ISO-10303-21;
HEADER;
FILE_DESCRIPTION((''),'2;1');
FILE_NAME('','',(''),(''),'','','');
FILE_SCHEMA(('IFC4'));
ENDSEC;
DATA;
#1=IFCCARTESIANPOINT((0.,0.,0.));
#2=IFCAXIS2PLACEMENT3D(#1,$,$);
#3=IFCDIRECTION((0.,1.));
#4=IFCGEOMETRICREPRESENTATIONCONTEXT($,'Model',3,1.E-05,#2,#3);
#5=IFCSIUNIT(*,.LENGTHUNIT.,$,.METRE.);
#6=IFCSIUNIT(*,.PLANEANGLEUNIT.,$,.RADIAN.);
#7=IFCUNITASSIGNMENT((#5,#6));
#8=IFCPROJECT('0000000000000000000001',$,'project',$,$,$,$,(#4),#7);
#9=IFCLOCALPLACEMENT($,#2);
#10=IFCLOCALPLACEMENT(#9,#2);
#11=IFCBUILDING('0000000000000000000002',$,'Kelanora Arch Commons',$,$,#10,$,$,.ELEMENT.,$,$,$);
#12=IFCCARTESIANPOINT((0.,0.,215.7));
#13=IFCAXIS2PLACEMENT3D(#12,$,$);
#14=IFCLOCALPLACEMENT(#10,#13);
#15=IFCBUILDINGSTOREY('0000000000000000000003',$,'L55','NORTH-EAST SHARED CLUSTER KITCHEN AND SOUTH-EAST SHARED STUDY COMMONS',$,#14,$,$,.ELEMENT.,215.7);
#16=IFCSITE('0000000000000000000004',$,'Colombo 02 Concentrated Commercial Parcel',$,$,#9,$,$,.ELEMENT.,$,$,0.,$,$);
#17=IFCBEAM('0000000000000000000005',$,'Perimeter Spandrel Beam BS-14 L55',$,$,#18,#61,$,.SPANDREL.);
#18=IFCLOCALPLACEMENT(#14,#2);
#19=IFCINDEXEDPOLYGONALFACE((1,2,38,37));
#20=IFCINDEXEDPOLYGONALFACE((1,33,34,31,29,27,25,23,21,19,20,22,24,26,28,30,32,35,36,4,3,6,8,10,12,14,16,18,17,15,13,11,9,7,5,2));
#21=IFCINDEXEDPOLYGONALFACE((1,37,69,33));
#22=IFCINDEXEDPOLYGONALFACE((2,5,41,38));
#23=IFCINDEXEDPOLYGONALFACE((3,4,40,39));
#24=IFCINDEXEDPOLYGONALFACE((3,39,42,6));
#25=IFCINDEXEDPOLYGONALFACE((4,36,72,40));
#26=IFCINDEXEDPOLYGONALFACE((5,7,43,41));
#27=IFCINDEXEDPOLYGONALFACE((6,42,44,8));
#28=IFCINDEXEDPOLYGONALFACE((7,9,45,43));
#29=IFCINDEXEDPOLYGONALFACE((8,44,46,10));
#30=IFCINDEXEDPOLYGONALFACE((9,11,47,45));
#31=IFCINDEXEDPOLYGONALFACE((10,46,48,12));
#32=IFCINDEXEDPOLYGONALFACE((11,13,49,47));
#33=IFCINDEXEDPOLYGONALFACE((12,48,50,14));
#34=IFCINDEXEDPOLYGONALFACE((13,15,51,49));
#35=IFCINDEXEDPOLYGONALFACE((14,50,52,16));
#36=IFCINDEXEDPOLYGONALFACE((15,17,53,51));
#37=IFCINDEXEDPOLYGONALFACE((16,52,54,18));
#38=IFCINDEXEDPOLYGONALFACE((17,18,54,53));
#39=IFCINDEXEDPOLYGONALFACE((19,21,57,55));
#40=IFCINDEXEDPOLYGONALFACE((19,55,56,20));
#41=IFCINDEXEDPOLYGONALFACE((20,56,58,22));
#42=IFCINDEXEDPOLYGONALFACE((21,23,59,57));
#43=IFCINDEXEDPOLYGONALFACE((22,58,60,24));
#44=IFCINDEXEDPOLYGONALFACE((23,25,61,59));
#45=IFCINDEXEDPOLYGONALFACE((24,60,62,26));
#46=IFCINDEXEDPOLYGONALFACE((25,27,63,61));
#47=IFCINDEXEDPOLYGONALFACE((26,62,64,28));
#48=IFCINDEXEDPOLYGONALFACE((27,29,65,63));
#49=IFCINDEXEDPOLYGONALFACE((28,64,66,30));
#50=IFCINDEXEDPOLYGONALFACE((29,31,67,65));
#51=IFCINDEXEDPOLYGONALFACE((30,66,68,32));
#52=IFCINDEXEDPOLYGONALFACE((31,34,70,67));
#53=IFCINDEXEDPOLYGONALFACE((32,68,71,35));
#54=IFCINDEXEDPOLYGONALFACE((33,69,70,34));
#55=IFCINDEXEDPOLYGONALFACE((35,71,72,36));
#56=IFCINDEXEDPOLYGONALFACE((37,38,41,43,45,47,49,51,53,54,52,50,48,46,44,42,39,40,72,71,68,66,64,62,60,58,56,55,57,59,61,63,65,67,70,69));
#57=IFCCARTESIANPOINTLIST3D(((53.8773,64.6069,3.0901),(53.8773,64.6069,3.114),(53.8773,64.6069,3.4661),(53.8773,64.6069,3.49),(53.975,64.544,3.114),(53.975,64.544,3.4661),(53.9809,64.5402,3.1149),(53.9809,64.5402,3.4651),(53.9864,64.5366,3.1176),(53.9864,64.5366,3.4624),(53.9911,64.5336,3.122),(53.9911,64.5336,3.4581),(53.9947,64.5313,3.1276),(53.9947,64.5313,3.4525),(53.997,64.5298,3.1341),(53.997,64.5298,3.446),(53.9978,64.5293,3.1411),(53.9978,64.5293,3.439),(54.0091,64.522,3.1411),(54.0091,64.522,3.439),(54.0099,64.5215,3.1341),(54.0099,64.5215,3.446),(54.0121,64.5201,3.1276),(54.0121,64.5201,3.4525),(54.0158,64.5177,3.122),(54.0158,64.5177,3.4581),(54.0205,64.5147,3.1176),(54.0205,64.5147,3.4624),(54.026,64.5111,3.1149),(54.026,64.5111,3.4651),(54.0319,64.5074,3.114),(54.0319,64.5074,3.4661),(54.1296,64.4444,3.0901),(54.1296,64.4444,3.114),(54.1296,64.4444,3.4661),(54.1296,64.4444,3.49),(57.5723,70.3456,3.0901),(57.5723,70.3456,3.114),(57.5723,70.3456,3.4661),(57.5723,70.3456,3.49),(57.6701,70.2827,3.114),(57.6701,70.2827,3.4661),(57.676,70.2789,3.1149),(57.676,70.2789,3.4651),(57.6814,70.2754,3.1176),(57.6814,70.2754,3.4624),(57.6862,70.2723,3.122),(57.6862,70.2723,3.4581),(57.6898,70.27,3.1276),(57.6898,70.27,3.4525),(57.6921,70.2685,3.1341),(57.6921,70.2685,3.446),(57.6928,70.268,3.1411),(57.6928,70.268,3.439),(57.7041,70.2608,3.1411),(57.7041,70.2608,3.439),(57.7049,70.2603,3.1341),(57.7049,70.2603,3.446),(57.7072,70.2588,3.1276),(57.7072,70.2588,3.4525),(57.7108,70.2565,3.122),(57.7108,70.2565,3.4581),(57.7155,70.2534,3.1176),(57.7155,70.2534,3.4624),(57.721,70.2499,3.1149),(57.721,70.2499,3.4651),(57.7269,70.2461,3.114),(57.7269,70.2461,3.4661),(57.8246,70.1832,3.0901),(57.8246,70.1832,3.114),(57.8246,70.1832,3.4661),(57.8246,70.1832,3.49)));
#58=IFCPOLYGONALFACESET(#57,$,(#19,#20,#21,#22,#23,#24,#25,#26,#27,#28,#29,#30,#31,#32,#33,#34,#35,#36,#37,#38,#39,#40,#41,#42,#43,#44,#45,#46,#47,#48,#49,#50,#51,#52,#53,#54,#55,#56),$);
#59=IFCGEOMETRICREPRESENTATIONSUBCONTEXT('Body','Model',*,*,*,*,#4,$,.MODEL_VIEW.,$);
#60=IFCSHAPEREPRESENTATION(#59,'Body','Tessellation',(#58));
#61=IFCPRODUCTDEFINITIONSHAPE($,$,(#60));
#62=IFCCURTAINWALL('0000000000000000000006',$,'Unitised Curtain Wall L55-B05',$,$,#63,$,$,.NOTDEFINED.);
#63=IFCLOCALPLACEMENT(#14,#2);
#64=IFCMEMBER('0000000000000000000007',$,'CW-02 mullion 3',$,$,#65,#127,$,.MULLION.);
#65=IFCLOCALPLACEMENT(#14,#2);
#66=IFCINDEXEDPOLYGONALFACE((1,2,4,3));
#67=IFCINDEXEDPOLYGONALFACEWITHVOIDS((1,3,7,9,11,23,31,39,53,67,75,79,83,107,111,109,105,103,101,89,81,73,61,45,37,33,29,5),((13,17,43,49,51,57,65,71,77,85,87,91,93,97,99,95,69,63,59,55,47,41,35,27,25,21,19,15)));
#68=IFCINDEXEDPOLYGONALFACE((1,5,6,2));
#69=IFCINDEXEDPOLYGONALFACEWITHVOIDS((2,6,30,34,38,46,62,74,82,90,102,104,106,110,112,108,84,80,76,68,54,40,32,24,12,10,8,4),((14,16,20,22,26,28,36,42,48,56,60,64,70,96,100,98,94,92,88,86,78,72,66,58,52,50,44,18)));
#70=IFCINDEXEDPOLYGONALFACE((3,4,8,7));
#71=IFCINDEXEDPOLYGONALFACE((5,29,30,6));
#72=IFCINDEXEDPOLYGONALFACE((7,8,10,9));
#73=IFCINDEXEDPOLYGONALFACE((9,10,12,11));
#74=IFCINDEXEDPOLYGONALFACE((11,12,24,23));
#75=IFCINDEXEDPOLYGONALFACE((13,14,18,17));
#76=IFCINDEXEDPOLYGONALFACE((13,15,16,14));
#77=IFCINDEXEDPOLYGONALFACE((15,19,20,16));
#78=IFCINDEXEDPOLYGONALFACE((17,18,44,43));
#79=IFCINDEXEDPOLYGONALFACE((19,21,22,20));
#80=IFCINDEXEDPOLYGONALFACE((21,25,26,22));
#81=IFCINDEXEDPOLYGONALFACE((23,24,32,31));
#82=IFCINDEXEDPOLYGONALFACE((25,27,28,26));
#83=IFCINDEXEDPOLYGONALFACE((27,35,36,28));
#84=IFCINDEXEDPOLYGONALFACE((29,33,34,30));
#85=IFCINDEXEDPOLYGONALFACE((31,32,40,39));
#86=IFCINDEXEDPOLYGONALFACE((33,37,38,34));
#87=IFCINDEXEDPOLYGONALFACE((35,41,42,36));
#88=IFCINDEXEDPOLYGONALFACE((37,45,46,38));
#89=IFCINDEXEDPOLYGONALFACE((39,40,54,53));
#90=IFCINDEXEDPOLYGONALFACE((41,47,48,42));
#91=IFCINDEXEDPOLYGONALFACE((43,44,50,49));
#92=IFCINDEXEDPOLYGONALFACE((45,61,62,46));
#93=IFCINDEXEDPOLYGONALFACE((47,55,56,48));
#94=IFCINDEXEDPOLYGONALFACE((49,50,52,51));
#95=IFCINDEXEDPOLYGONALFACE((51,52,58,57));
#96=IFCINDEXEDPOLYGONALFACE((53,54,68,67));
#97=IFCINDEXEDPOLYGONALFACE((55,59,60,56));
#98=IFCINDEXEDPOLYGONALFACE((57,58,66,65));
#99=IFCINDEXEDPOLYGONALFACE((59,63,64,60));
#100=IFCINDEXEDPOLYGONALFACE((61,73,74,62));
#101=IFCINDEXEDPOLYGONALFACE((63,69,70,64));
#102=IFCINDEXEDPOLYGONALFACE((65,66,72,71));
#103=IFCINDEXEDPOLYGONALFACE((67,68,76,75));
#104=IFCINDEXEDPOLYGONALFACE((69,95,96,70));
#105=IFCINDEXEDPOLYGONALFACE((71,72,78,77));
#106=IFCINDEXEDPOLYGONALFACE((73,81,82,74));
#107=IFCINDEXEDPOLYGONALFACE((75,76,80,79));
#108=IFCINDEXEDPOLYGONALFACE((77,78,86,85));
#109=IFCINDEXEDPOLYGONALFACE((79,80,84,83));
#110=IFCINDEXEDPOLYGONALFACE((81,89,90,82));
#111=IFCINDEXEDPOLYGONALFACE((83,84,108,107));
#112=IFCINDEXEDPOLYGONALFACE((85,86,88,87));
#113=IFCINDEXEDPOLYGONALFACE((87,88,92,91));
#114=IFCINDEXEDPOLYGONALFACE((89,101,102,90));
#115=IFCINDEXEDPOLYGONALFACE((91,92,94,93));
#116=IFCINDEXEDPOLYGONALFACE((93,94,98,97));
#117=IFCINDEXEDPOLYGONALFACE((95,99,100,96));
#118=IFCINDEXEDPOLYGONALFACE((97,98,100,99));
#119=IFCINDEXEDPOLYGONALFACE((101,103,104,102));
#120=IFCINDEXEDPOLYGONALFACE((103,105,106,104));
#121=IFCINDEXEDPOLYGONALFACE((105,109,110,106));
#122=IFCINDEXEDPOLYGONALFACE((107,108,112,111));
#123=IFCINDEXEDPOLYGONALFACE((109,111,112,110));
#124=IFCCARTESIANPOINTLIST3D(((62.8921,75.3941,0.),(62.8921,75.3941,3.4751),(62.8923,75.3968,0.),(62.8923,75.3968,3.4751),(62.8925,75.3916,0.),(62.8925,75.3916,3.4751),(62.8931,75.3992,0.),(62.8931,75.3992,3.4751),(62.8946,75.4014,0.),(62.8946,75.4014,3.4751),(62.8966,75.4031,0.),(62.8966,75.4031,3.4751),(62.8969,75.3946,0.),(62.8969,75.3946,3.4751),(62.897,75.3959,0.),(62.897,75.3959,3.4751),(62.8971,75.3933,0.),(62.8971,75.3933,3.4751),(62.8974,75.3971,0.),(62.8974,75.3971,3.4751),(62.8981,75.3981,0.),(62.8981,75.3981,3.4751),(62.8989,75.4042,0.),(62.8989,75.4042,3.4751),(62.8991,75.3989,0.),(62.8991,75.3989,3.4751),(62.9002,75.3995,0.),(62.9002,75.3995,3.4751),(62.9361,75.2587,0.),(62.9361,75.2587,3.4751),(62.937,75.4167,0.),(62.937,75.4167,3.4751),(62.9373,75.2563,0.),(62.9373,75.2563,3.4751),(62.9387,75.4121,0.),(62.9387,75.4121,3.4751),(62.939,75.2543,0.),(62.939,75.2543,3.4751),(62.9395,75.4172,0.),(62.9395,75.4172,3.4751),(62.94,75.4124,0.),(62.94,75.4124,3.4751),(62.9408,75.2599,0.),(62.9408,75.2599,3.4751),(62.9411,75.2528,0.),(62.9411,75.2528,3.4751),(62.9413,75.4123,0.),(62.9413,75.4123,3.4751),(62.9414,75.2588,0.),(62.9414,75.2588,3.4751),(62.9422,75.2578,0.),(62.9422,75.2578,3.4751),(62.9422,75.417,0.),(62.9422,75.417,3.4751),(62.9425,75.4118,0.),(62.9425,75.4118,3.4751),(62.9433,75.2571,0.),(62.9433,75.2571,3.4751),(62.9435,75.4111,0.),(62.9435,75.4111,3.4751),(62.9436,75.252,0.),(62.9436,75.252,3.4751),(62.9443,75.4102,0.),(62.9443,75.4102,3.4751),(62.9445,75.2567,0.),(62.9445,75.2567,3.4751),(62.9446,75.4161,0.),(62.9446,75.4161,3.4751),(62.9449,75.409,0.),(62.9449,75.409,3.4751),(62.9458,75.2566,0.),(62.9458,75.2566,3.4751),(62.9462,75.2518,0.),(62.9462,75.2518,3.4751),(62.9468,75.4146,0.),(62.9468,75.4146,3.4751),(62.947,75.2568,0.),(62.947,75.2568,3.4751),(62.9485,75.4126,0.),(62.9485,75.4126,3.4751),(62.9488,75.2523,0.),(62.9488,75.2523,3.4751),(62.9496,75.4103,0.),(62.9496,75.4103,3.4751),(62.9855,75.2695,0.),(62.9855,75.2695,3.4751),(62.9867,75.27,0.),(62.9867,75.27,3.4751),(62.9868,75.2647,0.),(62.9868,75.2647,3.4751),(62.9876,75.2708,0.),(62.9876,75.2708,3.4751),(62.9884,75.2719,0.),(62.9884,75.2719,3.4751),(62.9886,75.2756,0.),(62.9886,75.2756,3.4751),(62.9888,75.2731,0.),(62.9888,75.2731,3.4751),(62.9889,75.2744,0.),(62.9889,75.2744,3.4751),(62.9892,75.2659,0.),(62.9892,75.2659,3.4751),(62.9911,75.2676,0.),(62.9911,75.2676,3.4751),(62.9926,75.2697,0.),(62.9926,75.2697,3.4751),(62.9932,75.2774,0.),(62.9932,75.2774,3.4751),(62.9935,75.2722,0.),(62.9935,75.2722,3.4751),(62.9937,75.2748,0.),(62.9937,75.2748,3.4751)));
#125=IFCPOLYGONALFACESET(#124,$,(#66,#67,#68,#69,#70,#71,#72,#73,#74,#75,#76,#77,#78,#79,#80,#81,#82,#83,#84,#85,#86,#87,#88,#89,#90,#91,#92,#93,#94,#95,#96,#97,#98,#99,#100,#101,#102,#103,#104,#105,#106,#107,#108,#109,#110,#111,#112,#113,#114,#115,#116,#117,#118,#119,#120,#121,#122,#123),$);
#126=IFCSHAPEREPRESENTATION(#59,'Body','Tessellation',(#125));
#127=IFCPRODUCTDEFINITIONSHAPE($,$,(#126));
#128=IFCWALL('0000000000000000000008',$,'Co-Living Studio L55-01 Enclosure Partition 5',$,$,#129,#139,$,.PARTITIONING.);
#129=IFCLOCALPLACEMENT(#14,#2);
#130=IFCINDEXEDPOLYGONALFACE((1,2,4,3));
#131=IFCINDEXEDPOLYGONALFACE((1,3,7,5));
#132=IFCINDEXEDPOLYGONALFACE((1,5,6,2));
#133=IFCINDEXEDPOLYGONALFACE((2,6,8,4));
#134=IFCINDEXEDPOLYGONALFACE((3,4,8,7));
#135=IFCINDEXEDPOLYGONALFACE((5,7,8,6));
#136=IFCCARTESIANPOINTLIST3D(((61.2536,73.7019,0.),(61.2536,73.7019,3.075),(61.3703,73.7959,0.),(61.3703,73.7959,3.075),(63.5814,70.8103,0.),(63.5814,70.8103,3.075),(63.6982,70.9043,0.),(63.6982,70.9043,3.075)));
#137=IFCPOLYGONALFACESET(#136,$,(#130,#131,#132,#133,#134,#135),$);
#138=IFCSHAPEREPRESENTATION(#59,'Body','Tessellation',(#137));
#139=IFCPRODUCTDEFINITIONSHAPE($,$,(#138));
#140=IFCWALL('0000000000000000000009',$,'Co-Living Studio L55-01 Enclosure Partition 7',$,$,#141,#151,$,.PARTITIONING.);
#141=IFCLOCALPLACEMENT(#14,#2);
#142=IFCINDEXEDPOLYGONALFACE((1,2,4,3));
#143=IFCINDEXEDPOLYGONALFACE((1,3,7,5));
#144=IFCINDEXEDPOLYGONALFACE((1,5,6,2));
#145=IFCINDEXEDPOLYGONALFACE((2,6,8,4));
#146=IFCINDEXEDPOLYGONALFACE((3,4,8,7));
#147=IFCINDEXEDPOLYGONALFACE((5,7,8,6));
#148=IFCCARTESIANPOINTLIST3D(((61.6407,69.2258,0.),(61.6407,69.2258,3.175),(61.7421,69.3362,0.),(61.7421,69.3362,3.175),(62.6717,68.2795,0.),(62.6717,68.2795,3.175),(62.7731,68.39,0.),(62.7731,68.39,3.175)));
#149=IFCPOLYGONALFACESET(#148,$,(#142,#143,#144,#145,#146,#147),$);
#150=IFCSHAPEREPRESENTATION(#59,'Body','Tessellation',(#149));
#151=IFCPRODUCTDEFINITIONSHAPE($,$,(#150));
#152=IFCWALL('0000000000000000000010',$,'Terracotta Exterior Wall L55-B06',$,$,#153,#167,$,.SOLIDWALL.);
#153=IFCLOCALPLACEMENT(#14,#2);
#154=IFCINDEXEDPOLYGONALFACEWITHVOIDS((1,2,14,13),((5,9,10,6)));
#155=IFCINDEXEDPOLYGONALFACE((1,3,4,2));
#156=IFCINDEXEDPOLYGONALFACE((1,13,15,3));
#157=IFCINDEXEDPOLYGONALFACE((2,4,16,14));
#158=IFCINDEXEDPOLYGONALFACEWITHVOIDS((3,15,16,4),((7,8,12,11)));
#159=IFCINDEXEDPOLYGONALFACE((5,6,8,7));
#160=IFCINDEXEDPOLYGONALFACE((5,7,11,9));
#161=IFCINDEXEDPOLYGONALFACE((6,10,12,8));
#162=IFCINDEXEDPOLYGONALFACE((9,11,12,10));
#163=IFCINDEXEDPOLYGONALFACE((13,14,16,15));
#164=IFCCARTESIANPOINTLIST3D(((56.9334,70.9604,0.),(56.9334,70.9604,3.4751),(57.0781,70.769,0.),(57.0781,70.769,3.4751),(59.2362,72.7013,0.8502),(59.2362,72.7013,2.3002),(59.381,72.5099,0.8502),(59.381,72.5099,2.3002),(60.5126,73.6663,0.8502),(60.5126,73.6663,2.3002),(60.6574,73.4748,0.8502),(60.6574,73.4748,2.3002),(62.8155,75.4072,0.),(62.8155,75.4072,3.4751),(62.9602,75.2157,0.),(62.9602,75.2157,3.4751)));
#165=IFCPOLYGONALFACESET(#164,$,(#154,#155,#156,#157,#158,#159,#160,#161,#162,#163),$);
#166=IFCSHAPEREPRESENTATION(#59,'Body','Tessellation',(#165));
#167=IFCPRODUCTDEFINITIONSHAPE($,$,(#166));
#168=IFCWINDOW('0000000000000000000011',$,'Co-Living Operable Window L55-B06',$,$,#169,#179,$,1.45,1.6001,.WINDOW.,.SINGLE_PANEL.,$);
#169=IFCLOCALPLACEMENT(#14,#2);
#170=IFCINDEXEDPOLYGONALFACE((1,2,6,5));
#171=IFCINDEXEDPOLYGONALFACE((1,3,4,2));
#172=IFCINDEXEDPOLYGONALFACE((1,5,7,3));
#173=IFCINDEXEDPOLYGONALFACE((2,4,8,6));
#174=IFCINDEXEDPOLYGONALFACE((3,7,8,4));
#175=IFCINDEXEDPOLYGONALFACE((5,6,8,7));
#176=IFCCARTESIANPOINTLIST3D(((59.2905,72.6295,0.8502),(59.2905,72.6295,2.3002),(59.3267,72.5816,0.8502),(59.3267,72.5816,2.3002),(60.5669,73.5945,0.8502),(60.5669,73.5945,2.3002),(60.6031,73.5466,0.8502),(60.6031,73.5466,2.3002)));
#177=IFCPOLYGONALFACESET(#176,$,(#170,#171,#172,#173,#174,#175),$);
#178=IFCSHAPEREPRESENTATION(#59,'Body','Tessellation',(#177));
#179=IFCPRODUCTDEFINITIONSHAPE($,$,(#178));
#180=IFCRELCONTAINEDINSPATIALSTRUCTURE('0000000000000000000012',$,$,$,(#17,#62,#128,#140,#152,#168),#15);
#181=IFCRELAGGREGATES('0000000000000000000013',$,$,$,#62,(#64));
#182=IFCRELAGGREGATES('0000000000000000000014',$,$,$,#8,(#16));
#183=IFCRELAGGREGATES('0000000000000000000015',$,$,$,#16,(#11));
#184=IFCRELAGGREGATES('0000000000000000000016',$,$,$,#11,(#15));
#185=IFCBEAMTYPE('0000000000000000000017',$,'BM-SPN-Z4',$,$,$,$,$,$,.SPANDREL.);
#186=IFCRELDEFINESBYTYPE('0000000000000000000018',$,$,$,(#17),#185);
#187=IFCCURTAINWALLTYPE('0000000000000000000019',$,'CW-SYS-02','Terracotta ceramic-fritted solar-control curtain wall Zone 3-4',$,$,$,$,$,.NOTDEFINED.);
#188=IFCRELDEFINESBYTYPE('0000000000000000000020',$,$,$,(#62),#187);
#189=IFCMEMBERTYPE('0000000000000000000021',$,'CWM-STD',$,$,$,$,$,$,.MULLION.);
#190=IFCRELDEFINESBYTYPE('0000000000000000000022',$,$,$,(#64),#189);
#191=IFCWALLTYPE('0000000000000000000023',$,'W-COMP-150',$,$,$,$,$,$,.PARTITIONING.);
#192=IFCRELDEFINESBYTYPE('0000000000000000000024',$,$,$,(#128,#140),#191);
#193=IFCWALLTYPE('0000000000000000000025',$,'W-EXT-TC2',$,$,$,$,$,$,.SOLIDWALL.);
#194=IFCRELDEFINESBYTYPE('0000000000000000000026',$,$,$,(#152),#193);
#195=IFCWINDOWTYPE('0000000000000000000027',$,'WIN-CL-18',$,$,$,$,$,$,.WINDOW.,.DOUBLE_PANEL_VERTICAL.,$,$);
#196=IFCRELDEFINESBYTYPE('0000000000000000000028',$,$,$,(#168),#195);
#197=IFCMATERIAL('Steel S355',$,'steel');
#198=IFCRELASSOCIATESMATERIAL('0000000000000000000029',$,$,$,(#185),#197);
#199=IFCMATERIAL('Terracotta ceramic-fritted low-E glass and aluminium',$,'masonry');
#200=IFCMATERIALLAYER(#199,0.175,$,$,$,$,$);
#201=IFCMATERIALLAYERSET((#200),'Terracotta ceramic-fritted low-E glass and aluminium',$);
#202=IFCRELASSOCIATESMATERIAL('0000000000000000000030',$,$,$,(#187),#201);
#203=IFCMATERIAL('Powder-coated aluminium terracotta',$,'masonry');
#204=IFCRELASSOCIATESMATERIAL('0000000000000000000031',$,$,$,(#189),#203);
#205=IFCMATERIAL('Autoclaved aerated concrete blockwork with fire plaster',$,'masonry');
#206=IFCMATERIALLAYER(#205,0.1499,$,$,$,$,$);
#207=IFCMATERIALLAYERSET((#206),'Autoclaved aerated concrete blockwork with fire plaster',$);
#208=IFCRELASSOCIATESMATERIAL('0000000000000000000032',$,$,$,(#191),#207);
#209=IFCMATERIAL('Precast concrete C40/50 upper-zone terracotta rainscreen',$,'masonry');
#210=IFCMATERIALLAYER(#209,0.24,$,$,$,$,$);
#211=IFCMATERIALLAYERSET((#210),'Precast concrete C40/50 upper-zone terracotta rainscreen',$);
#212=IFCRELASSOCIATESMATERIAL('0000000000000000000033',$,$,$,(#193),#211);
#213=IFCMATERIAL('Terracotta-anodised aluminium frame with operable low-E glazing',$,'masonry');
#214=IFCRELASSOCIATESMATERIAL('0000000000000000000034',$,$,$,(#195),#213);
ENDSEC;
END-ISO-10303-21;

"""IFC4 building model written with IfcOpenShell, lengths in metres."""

from ifc_helpers import new_model, si_unit, direction, frame, frame_2d, origin, origin_2d, place, context, subcontext, project, spatial, rectangle, hollow_rectangle, i_section, extrude, material, layer, layer_set, material_profile, profile_set, type_object, element, fill, aggregate, save


model = new_model("IFC4")

# Units and contexts
model_context = context("Model", 3, precision=1e-05, world=origin(), true_north=direction((0.0, 1.0)))
body_context = subcontext(model_context, "Body", "Model", "MODEL_VIEW")
ifc_project = project(units=[si_unit("LENGTHUNIT", "METRE"), si_unit("PLANEANGLEUNIT", "RADIAN")], contexts=[model_context])

# Site, building, storey
site_placement = place(None, origin())
site = spatial("IfcSite", under=ifc_project, at=site_placement, Name="Colombo 02 Concentrated Commercial Parcel", CompositionType="ELEMENT", RefElevation=0.0)
building_placement = place(site_placement, origin())
building = spatial("IfcBuilding", under=site, at=building_placement, Name="Kelanora Arch Commons", CompositionType="ELEMENT")
storey_placement = place(building_placement, frame((0.0, 0.0, 215.7)))
storey = spatial("IfcBuildingStorey", under=building, at=storey_placement, Name="L55", Description="NORTH-EAST SHARED CLUSTER KITCHEN AND SOUTH-EAST SHARED STUDY COMMONS", CompositionType="ELEMENT", Elevation=215.7)

# Beam
ifc_material_1 = material(Name="Steel S355", Category="steel")
ifc_material_profile_1 = material_profile(ifc_material_1, i_section(OverallWidth=0.3, OverallDepth=0.3999, WebThickness=0.0134, FlangeThickness=0.0239, FilletRadius=0.0271, at=origin_2d()), Name="HEB400")
ifc_profile_set_1 = profile_set([ifc_material_profile_1], Name="Steel S355")
beam_type_1 = type_object("IfcBeamType", Name="BM-SPN-Z4", PredefinedType="SPANDREL", material=ifc_profile_set_1)
beam_1_placement = place(storey_placement, frame((57.6985, 70.2644, 3.29), z_axis=(-0.541365, -0.840788, 0.0), x_axis=(0.840788, -0.541365, 0.0)))
element("IfcBeam", 1, at=beam_1_placement, inside=storey, type_object=beam_type_1, Name="Perimeter Spandrel Beam BS-14 L55", PredefinedType="SPANDREL", context=body_context, shape_type="SweptSolid", body=[
    extrude(i_section(OverallWidth=0.3, OverallDepth=0.3999, WebThickness=0.0134, FlangeThickness=0.0239, FilletRadius=0.0271, at=origin_2d()), origin(), (0.0, 0.0, 1.0), 6.8254),
])

# Curtain wall, member
ifc_material_2 = material(Name="Terracotta ceramic-fritted low-E glass and aluminium", Category="masonry")
ifc_layer_1 = layer(ifc_material_2, 0.175)
ifc_layer_set_1 = layer_set([ifc_layer_1], Name="Terracotta ceramic-fritted low-E glass and aluminium")
curtain_wall_type = type_object("IfcCurtainWallType", Name="CW-SYS-02", Description="Terracotta ceramic-fritted solar-control curtain wall Zone 3-4", PredefinedType="NOTDEFINED", material=ifc_layer_set_1)
curtain_wall_placement = place(storey_placement, origin())
curtain_wall = element("IfcCurtainWall", 2, at=curtain_wall_placement, inside=storey, type_object=curtain_wall_type, Name="Unitised Curtain Wall L55-B05", PredefinedType="NOTDEFINED")
ifc_material_3 = material(Name="Powder-coated aluminium terracotta", Category="masonry")
ifc_material_profile_2 = material_profile(ifc_material_3, hollow_rectangle(XDim=0.1599, YDim=0.0601, WallThickness=0.0049, InnerFilletRadius=0.0049, OuterFilletRadius=0.01, at=origin_2d()), Name="CWM160x60")
ifc_profile_set_2 = profile_set([ifc_material_profile_2], Name="Powder-coated aluminium terracotta")
member_type = type_object("IfcMemberType", Name="CWM-STD", PredefinedType="MULLION", material=ifc_profile_set_2)
member_placement = place(storey_placement, frame((62.9429, 75.3345, 0.0), z_axis=(0.0, 0.0, 1.0), x_axis=(0.311582, -0.950219, 0.0)))
member = element("IfcMember", 3, at=member_placement, type_object=member_type, Name="CW-02 mullion 3", PredefinedType="MULLION", context=body_context, shape_type="SweptSolid", body=[
    extrude(hollow_rectangle(XDim=0.1599, YDim=0.0601, WallThickness=0.0049, InnerFilletRadius=0.0049, OuterFilletRadius=0.01, at=origin_2d()), origin(), (0.0, 0.0, 1.0), 3.4751),
])
aggregate(curtain_wall, [member])

# Walls
ifc_material_4 = material(Name="Autoclaved aerated concrete blockwork with fire plaster", Category="masonry")
ifc_layer_2 = layer(ifc_material_4, 0.1499)
ifc_layer_set_2 = layer_set([ifc_layer_2], Name="Autoclaved aerated concrete blockwork with fire plaster")
wall_type_1 = type_object("IfcWallType", Name="W-COMP-150", PredefinedType="PARTITIONING", material=ifc_layer_set_2)
wall_1_placement = place(storey_placement, frame((61.312, 73.7488, 0.0), z_axis=(0.0, 0.0, 1.0), x_axis=(0.62709, -0.778947, 0.0)))
element("IfcWall", 4, at=wall_1_placement, inside=storey, type_object=wall_type_1, Name="Co-Living Studio L55-01 Enclosure Partition 5", PredefinedType="PARTITIONING", context=body_context, shape_type="SweptSolid", body=[
    extrude(rectangle(XDim=3.7122, YDim=0.1499, at=frame_2d((1.856, 0.0))), origin(), (0.0, 0.0, 1.0), 3.075),
])
wall_2_placement = place(storey_placement, frame((61.6914, 69.281, 0.0), z_axis=(0.0, 0.0, 1.0), x_axis=(0.736727, -0.676191, 0.0)))
element("IfcWall", 5, at=wall_2_placement, inside=storey, type_object=wall_type_1, Name="Co-Living Studio L55-01 Enclosure Partition 7", PredefinedType="PARTITIONING", context=body_context, shape_type="SweptSolid", body=[
    extrude(rectangle(XDim=1.3994, YDim=0.1499, at=frame_2d((0.6997, 0.0))), origin(), (0.0, 0.0, 1.0), 3.175),
])

# Wall, opening, window
ifc_material_5 = material(Name="Precast concrete C40/50 upper-zone terracotta rainscreen", Category="masonry")
ifc_layer_3 = layer(ifc_material_5, 0.24)
ifc_layer_set_3 = layer_set([ifc_layer_3], Name="Precast concrete C40/50 upper-zone terracotta rainscreen")
wall_type_2 = type_object("IfcWallType", Name="W-EXT-TC2", PredefinedType="SOLIDWALL", material=ifc_layer_set_3)
wall_3_placement = place(storey_placement, frame((62.8879, 75.3115, 0.0), z_axis=(0.0, 0.0, 1.0), x_axis=(-0.797702, -0.603052, 0.0)))
wall_3 = element("IfcWall", 6, at=wall_3_placement, inside=storey, type_object=wall_type_2, Name="Terracotta Exterior Wall L55-B06", PredefinedType="SOLIDWALL", context=body_context, shape_type="SweptSolid", body=[
    extrude(rectangle(XDim=7.3738, YDim=0.24, at=frame_2d((3.687, 0.0))), origin(), (0.0, 0.0, 1.0), 3.4751),
])
opening_1_placement = place(wall_3_placement, frame((2.887, 0.0, 0.8501)))
opening_1 = element("IfcOpeningElement", 7, at=opening_1_placement, cuts=wall_3, PredefinedType="OPENING", context=body_context, shape_type="SweptSolid", body=[
    extrude(rectangle(XDim=1.6001, YDim=1.45, at=frame_2d((0.8, 0.7251))), frame((0.0, 0.1299, 0.0), z_axis=(0.0, -1.0, 0.0), x_axis=(1.0, 0.0, 0.0)), (0.0, 0.0, 1.0), 0.26),
])
ifc_material_6 = material(Name="Terracotta-anodised aluminium frame with operable low-E glazing", Category="masonry")
window_type_1 = type_object("IfcWindowType", Name="WIN-CL-18", PartitioningType="DOUBLE_PANEL_VERTICAL", PredefinedType="WINDOW", material=ifc_material_6)
window_1_placement = place(opening_1_placement, origin())
window_1 = element("IfcWindow", 8, at=window_1_placement, inside=storey, type_object=window_type_1, Name="Co-Living Operable Window L55-B06", OverallHeight=1.45, OverallWidth=1.6001, PartitioningType="SINGLE_PANEL", PredefinedType="WINDOW", context=body_context, shape_type="SweptSolid", body=[
    extrude(rectangle(XDim=1.6001, YDim=1.45, at=frame_2d((0.8, 0.7251))), frame((0.0, 0.03, 0.0), z_axis=(0.0, -1.0, 0.0), x_axis=(1.0, 0.0, 0.0)), (0.0, 0.0, 1.0), 0.0601),
])
fill(opening_1, window_1)

save(model, "model.ifc")
